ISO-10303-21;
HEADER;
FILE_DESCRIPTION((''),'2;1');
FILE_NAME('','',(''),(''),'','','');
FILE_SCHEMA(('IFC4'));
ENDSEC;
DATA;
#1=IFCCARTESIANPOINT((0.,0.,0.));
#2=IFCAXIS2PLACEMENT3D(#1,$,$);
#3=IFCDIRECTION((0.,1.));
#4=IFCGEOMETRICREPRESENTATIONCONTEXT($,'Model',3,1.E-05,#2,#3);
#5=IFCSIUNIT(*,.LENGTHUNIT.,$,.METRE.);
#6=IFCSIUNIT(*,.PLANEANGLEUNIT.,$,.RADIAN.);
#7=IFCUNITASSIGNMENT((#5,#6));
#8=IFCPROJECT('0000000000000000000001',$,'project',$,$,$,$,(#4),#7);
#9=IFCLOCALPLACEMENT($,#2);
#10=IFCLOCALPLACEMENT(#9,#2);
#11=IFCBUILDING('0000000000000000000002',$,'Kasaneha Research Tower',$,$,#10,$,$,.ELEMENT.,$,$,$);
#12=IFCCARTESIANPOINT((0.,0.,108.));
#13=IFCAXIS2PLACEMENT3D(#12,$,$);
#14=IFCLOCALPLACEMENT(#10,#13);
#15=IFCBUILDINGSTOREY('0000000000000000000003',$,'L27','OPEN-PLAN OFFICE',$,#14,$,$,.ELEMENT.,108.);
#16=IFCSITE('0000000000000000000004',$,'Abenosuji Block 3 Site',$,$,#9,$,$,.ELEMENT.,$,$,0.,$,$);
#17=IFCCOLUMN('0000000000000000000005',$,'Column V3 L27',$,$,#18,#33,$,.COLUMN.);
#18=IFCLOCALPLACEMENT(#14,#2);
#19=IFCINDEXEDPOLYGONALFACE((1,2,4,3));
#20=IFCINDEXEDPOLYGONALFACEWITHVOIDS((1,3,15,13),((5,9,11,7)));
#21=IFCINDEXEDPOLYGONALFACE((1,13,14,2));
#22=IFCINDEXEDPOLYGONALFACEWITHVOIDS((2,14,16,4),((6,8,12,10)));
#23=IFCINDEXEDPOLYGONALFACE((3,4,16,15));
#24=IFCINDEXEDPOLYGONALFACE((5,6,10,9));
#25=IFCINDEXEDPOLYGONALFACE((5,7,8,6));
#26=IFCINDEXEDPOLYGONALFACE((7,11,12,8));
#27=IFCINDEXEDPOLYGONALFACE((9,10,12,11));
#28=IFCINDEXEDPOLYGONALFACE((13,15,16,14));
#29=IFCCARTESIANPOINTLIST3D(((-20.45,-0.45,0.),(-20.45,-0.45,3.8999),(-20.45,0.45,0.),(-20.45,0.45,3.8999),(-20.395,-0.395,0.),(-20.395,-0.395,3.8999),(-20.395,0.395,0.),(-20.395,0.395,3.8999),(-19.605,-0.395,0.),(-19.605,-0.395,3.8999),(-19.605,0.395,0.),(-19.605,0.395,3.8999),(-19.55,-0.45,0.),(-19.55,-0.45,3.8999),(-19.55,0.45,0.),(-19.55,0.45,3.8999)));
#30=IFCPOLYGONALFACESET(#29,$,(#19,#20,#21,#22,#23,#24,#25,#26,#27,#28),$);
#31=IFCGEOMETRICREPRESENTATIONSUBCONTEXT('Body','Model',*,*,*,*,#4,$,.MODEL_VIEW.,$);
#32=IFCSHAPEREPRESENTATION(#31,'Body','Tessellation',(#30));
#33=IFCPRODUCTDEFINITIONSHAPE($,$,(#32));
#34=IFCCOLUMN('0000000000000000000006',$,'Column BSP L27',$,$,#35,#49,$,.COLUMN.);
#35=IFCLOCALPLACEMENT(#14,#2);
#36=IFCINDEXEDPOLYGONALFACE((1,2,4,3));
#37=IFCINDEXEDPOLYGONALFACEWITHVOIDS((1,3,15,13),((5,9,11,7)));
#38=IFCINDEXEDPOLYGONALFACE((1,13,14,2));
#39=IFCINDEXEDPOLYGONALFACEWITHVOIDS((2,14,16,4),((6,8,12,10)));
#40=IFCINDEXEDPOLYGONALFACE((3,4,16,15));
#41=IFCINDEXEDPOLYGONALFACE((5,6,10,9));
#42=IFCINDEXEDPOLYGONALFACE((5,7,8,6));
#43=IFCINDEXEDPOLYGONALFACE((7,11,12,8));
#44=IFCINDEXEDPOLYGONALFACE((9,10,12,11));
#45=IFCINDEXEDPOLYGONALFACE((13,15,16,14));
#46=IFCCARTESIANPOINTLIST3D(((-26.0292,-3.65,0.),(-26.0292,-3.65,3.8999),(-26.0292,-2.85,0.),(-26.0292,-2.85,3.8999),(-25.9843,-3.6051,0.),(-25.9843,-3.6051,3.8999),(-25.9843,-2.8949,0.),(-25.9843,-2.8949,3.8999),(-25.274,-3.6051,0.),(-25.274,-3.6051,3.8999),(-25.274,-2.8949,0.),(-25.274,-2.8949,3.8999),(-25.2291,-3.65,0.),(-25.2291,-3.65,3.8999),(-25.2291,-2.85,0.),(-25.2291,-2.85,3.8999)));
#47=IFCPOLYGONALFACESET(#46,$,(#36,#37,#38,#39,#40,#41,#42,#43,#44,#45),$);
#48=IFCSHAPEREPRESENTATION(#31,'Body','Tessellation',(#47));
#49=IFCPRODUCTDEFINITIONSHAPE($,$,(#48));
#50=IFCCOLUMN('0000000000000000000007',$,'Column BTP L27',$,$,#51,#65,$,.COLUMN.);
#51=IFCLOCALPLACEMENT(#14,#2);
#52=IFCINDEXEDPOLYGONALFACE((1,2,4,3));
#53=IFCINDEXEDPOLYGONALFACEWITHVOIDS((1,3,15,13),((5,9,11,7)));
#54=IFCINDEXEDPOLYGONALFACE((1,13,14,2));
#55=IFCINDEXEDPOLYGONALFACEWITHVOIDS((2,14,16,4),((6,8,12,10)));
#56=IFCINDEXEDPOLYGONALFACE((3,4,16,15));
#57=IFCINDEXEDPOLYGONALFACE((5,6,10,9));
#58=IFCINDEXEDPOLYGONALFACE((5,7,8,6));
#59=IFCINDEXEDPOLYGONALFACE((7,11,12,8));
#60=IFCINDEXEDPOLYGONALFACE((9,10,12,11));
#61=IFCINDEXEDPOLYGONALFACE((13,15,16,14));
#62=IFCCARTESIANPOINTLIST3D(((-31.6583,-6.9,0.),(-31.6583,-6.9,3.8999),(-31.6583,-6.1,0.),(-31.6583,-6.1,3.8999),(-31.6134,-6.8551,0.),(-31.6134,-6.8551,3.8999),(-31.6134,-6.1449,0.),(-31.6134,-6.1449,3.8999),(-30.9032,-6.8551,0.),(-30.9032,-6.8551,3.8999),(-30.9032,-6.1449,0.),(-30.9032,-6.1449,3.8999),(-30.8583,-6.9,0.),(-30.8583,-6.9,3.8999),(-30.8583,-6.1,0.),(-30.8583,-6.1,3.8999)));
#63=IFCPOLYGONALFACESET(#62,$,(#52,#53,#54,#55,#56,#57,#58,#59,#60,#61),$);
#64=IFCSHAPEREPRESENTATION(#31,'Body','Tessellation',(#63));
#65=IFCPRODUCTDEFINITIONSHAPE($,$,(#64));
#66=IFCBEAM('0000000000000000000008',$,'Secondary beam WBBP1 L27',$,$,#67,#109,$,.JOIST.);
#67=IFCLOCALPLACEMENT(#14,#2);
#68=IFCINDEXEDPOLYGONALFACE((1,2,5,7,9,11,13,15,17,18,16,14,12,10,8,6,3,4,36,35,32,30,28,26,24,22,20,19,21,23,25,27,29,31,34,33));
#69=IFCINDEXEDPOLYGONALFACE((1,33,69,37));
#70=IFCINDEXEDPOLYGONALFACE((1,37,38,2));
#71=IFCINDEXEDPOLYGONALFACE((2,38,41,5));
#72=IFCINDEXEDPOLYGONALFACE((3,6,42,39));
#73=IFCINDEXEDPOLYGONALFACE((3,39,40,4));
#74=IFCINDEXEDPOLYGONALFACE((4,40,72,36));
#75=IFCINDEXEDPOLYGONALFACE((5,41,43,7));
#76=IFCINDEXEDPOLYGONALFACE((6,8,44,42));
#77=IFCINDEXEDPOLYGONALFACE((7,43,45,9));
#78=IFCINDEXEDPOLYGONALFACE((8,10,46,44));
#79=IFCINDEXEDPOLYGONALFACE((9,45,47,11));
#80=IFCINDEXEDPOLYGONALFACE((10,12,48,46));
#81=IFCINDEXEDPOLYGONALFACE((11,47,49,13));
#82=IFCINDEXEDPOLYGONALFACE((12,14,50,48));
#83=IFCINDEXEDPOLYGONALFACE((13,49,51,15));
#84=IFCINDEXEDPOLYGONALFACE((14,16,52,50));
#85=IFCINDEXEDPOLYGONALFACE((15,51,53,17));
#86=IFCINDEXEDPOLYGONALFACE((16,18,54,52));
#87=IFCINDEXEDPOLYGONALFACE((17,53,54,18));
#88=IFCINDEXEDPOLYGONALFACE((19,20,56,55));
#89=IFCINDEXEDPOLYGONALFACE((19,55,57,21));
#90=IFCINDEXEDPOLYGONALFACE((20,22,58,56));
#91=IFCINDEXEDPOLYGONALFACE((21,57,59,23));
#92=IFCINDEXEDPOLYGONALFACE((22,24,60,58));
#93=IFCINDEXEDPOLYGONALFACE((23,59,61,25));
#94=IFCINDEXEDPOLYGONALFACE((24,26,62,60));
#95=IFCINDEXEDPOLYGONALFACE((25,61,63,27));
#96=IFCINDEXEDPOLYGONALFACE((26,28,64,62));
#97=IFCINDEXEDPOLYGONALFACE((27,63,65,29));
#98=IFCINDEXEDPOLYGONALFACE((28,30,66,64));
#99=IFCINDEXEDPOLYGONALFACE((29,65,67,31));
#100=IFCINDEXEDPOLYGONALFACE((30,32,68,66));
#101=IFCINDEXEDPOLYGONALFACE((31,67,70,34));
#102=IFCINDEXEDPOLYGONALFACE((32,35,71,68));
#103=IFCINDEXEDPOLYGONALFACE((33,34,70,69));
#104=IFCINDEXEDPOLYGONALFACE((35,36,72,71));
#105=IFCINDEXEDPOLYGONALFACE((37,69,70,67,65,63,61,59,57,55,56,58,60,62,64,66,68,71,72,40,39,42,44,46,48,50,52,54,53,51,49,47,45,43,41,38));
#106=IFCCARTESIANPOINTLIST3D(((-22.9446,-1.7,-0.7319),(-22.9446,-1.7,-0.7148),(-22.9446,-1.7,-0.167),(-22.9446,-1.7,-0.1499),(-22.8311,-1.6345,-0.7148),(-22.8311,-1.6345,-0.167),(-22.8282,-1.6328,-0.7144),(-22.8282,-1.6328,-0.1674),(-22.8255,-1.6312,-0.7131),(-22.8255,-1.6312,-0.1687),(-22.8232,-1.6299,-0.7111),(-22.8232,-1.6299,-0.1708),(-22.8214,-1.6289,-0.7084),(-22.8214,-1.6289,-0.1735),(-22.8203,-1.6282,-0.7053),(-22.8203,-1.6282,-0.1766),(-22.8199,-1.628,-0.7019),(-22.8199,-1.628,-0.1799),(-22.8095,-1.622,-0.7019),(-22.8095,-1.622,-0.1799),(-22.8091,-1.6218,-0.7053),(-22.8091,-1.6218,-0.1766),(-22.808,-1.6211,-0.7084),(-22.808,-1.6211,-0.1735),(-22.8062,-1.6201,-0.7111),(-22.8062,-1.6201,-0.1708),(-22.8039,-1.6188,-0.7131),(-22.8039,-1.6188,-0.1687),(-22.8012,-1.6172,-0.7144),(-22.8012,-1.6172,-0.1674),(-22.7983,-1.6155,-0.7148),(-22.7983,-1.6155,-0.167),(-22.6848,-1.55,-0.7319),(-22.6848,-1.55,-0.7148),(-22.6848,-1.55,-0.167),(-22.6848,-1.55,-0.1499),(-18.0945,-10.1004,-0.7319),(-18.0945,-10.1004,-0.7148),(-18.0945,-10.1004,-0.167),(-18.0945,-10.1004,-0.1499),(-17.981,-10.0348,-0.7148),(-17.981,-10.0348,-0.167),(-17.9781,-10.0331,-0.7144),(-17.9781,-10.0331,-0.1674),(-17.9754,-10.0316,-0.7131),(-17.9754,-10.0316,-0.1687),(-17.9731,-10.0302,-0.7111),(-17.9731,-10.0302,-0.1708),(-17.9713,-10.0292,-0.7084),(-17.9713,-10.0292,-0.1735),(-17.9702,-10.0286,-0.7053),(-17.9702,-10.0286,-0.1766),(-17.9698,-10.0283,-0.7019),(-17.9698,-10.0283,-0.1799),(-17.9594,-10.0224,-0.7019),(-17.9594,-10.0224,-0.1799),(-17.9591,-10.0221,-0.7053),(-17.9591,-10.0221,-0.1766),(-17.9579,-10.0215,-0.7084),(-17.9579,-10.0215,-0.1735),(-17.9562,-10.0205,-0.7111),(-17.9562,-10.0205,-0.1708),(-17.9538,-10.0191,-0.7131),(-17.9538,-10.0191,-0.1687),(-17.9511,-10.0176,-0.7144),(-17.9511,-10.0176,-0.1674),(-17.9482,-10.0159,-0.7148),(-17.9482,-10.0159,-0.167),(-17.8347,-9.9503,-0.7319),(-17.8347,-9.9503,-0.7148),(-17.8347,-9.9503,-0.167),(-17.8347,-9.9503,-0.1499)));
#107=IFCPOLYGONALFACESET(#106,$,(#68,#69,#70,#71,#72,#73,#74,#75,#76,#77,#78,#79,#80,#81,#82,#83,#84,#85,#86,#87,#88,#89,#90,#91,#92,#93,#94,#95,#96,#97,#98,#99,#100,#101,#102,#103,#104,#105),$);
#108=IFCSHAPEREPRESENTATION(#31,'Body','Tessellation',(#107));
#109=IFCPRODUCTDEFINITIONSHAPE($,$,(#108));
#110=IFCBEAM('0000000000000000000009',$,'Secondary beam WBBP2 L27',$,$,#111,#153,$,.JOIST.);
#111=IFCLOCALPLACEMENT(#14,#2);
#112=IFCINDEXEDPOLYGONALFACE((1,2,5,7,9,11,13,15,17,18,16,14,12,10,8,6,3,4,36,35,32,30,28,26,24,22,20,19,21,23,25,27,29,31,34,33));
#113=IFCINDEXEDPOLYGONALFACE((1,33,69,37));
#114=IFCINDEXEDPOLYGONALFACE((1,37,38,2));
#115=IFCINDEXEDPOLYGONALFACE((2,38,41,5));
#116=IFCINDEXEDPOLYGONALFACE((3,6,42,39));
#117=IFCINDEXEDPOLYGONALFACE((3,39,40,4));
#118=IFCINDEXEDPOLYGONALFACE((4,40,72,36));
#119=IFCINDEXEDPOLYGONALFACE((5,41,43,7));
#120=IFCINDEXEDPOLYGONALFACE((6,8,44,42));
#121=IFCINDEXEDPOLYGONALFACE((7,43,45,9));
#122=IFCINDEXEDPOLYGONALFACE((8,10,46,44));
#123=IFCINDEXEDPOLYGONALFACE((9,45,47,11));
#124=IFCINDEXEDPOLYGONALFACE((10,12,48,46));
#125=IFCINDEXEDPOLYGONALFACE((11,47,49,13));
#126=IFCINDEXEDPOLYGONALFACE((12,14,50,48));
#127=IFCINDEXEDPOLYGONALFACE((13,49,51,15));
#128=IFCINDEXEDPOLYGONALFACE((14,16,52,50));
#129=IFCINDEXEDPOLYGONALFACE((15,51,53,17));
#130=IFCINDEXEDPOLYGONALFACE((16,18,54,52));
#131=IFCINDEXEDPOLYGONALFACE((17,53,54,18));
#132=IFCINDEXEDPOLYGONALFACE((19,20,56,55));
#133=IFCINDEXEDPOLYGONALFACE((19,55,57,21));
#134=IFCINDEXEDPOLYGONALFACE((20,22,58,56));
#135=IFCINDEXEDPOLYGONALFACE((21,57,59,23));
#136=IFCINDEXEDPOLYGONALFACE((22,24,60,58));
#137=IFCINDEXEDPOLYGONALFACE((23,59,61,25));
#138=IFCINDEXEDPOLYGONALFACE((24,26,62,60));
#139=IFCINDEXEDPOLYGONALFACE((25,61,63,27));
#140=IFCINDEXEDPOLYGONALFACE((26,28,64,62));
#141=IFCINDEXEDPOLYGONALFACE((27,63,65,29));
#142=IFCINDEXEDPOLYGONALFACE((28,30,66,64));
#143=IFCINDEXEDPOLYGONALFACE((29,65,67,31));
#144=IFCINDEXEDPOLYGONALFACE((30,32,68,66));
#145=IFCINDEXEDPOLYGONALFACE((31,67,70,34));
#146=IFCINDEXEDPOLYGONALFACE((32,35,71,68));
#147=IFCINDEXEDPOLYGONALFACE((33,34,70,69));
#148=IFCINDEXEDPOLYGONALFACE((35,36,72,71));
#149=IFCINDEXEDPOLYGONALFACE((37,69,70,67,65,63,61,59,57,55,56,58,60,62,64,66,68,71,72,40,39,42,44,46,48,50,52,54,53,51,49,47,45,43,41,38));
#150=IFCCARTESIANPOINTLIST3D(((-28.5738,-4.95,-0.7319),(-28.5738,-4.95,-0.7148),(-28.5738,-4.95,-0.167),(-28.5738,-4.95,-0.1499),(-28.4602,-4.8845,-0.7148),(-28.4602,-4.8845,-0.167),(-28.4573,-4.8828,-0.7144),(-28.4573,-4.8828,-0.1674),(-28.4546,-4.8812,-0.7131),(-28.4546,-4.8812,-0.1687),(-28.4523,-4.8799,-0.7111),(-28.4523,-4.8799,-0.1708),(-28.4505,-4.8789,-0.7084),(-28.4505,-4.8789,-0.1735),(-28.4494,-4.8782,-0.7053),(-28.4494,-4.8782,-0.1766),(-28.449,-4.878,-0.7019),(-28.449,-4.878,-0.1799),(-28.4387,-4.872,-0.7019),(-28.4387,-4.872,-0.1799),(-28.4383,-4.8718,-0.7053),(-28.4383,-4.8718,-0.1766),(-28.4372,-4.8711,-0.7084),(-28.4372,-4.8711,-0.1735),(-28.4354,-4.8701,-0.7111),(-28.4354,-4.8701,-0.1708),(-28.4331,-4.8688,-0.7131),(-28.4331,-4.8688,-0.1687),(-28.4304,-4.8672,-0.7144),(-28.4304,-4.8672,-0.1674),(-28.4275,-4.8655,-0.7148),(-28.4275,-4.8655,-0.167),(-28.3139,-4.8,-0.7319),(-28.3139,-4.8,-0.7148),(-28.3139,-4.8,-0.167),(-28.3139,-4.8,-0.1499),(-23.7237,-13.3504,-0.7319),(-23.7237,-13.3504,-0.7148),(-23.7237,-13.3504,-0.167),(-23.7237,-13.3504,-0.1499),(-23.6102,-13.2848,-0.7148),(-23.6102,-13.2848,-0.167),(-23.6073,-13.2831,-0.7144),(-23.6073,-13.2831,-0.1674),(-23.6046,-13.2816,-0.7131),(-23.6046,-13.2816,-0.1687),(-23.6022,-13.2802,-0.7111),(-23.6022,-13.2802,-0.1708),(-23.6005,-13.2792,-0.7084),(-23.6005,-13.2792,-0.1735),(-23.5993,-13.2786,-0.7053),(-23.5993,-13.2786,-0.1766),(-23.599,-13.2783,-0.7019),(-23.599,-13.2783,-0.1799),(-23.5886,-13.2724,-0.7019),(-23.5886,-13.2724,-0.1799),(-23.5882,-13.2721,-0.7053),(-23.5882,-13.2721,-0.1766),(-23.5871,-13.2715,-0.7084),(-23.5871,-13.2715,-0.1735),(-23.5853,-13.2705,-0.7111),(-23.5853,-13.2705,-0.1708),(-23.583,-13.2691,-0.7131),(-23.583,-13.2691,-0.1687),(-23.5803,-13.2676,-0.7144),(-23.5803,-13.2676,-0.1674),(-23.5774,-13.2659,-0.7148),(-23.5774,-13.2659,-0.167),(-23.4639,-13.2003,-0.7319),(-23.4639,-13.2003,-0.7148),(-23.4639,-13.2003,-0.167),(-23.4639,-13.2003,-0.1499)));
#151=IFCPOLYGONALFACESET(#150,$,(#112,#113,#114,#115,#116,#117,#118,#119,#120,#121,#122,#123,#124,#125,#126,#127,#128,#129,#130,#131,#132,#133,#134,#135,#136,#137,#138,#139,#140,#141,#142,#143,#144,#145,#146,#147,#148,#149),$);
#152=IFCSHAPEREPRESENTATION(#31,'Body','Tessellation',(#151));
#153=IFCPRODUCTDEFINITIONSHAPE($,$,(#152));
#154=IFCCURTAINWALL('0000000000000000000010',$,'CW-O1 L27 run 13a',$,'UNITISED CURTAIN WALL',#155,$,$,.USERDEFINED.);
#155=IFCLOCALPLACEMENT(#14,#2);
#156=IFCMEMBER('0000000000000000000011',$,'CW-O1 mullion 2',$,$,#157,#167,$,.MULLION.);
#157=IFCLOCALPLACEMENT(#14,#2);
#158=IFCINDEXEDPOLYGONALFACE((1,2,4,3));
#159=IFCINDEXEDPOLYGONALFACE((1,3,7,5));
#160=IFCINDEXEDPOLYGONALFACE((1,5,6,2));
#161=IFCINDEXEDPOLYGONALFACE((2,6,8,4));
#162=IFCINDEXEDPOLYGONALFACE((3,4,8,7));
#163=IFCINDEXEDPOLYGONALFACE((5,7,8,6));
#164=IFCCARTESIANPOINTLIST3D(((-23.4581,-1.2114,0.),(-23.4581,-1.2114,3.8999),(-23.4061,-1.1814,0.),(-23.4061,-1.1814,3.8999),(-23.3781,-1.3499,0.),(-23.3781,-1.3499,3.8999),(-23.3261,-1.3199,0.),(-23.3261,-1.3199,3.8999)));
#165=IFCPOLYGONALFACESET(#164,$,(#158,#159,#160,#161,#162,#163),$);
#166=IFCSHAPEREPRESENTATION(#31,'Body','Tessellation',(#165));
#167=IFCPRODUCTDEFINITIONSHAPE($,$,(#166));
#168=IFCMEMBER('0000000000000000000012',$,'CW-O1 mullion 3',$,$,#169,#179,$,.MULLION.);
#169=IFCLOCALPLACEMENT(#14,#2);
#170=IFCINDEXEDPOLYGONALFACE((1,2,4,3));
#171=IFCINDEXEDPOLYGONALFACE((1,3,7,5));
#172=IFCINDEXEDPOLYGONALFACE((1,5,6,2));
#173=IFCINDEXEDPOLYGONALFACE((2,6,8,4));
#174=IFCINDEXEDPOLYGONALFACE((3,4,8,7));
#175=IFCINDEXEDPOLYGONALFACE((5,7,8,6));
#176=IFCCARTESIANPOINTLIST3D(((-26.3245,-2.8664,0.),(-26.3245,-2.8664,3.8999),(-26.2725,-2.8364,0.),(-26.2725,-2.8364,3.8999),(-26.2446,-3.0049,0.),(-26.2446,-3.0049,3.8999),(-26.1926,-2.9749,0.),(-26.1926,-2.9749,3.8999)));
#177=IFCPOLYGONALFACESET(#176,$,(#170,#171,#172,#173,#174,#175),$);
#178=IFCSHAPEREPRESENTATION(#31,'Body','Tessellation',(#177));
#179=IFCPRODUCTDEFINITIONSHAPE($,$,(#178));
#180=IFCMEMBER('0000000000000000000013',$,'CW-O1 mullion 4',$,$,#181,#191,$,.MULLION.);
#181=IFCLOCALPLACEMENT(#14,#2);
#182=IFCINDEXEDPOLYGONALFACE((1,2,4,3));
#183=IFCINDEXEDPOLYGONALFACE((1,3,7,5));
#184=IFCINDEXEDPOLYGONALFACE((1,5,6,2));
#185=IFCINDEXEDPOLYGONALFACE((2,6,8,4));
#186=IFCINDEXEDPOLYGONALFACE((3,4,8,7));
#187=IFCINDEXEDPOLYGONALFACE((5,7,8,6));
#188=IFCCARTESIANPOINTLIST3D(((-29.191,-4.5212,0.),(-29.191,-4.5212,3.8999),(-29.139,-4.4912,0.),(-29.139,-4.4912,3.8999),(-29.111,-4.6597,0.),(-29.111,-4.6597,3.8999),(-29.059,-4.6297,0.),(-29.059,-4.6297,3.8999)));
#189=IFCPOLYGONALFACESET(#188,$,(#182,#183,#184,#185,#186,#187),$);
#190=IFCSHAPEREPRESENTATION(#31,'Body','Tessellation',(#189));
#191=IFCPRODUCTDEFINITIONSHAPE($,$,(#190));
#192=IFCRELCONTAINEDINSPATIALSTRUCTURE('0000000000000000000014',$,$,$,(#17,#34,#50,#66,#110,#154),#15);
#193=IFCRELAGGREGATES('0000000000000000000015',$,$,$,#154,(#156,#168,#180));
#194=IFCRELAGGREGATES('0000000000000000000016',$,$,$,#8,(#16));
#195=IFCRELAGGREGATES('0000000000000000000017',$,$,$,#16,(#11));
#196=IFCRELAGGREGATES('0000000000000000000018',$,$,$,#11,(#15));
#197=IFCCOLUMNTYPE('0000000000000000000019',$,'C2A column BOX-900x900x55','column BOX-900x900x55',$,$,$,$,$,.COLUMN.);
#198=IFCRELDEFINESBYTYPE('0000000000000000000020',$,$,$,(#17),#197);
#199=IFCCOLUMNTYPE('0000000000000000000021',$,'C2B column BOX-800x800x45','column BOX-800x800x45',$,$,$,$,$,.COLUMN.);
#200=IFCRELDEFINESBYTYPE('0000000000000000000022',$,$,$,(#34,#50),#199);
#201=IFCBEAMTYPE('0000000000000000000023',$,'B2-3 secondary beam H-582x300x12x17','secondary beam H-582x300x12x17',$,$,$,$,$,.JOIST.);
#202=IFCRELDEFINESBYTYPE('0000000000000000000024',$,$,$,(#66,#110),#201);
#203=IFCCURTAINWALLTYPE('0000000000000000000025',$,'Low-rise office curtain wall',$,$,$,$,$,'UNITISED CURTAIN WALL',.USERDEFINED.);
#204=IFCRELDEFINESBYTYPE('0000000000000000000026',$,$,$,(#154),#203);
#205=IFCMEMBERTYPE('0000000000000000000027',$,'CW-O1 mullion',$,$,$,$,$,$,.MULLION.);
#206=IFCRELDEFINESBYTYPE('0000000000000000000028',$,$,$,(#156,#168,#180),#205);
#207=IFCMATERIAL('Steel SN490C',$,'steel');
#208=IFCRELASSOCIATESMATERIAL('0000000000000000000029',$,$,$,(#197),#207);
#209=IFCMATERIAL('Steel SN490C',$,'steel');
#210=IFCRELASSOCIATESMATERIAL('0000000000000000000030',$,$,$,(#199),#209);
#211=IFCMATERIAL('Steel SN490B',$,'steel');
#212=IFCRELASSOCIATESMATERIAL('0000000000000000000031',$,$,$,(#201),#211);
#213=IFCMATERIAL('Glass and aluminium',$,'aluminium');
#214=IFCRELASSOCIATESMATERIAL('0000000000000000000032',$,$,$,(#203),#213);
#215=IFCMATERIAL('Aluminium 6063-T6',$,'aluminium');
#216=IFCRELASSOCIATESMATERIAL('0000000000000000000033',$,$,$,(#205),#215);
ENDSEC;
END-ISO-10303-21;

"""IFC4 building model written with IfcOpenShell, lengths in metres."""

from ifc_helpers import new_model, si_unit, direction, frame, origin, origin_2d, place, context, subcontext, project, spatial, rectangle, hollow_rectangle, i_section, extrude, material, material_profile, profile_set, type_object, element, aggregate, save


model = new_model("IFC4")

# Units and contexts
model_context = context("Model", 3, precision=1e-05, world=origin(), true_north=direction((0.0, 1.0)))
body_context = subcontext(model_context, "Body", "Model", "MODEL_VIEW")
ifc_project = project(units=[si_unit("LENGTHUNIT", "METRE"), si_unit("PLANEANGLEUNIT", "RADIAN")], contexts=[model_context])

# Site, building, storey
site_placement = place(None, origin())
site = spatial("IfcSite", under=ifc_project, at=site_placement, Name="Abenosuji Block 3 Site", CompositionType="ELEMENT", RefElevation=0.0)
building_placement = place(site_placement, origin())
building = spatial("IfcBuilding", under=site, at=building_placement, Name="Kasaneha Research Tower", CompositionType="ELEMENT")
storey_placement = place(building_placement, frame((0.0, 0.0, 108.0)))
storey = spatial("IfcBuildingStorey", under=building, at=storey_placement, Name="L27", Description="OPEN-PLAN OFFICE", CompositionType="ELEMENT", Elevation=108.0)

# Columns
ifc_material_1 = material(Name="Steel SN490C", Category="steel")
ifc_material_profile_1 = material_profile(ifc_material_1, hollow_rectangle(XDim=0.8999, YDim=0.8999, WallThickness=0.0549, at=origin_2d()), Name="BOX-900x900x55")
ifc_profile_set_1 = profile_set([ifc_material_profile_1], Name="Steel SN490C")
column_type_1 = type_object("IfcColumnType", Name="C2A column BOX-900x900x55", Description="column BOX-900x900x55", PredefinedType="COLUMN", material=ifc_profile_set_1)
column_placement = place(storey_placement, frame((-20.0, 0.0, 0.0), z_axis=(0.0, 0.0, 1.0), x_axis=(1.0, 0.0, 0.0)))
element("IfcColumn", 1, at=column_placement, inside=storey, type_object=column_type_1, Name="Column V3 L27", PredefinedType="COLUMN", context=body_context, shape_type="SweptSolid", body=[
    extrude(hollow_rectangle(XDim=0.8999, YDim=0.8999, WallThickness=0.0549, at=origin_2d()), origin(), (0.0, 0.0, 1.0), 3.8999),
])
ifc_material_2 = material(Name="Steel SN490C", Category="steel")
ifc_material_profile_2 = material_profile(ifc_material_2, hollow_rectangle(XDim=0.8, YDim=0.8, WallThickness=0.0449, at=origin_2d()), Name="BOX-800x800x45")
ifc_profile_set_2 = profile_set([ifc_material_profile_2], Name="Steel SN490C")
column_type_2 = type_object("IfcColumnType", Name="C2B column BOX-800x800x45", Description="column BOX-800x800x45", PredefinedType="COLUMN", material=ifc_profile_set_2)
for number, where, z_axis, x_axis, name in (
    (2, (-25.6292, -3.25, 0.0), (0.0, 0.0, 1.0), (1.0, 0.0, 0.0), "Column BSP L27"),
    (3, (-31.2583, -6.5, 0.0), (0.0, 0.0, 1.0), (1.0, 0.0, 0.0), "Column BTP L27"),
):
    element("IfcColumn", number, at=place(storey_placement, frame(where, z_axis=z_axis, x_axis=x_axis)), inside=storey, type_object=column_type_2, Name=name, PredefinedType="COLUMN", context=body_context, shape_type="SweptSolid", body=[
        extrude(hollow_rectangle(XDim=0.8, YDim=0.8, WallThickness=0.0449, at=origin_2d()), origin(), (0.0, 0.0, 1.0), 3.8999),
    ])

# Beams
ifc_material_3 = material(Name="Steel SN490B", Category="steel")
ifc_material_profile_3 = material_profile(ifc_material_3, i_section(OverallWidth=0.3, OverallDepth=0.582, WebThickness=0.012, FlangeThickness=0.0171, FilletRadius=0.0129, at=origin_2d()), Name="H-582x300x12x17")
ifc_profile_set_3 = profile_set([ifc_material_profile_3], Name="Steel SN490B")
beam_type_1 = type_object("IfcBeamType", Name="B2-3 secondary beam H-582x300x12x17", Description="secondary beam H-582x300x12x17", PredefinedType="JOIST", material=ifc_profile_set_3)
for number, where, z_axis, x_axis, name in (
    (4, (-22.8147, -1.625, -0.4409), (0.50001, -0.86602, 0.0), (0.86602, 0.50001, 0.0), "Secondary beam WBBP1 L27"),
    (5, (-28.4438, -4.875, -0.4409), (0.50001, -0.86602, 0.0), (0.86602, 0.50001, 0.0), "Secondary beam WBBP2 L27"),
):
    element("IfcBeam", number, at=place(storey_placement, frame(where, z_axis=z_axis, x_axis=x_axis)), inside=storey, type_object=beam_type_1, Name=name, PredefinedType="JOIST", context=body_context, shape_type="SweptSolid", body=[
        extrude(i_section(OverallWidth=0.3, OverallDepth=0.582, WebThickness=0.012, FlangeThickness=0.0171, FilletRadius=0.0129, at=origin_2d()), origin(), (0.0, 0.0, 1.0), 9.7),
    ])

# Curtain wall, members
ifc_material_4 = material(Name="Glass and aluminium", Category="aluminium")
curtain_wall_type = type_object("IfcCurtainWallType", Name="Low-rise office curtain wall", ElementType="UNITISED CURTAIN WALL", PredefinedType="USERDEFINED", material=ifc_material_4)
curtain_wall_1_placement = place(storey_placement, origin())
curtain_wall_1 = element("IfcCurtainWall", 6, at=curtain_wall_1_placement, inside=storey, type_object=curtain_wall_type, Name="CW-O1 L27 run 13a", ObjectType="UNITISED CURTAIN WALL", PredefinedType="USERDEFINED")
ifc_material_5 = material(Name="Aluminium 6063-T6", Category="aluminium")
ifc_material_profile_4 = material_profile(ifc_material_5, rectangle(XDim=0.0601, YDim=0.1599, at=origin_2d()), Name="CW-O1 mullion 60x160")
ifc_profile_set_4 = profile_set([ifc_material_profile_4], Name="Aluminium 6063-T6")
member_type_1 = type_object("IfcMemberType", Name="CW-O1 mullion", PredefinedType="MULLION", material=ifc_profile_set_4)
member_1_placement = place(storey_placement, frame((-23.3921, -1.2656, 0.0), z_axis=(0.0, 0.0, 1.0), x_axis=(-0.866025, -0.5, 0.0)))
member_1 = element("IfcMember", 7, at=member_1_placement, type_object=member_type_1, Name="CW-O1 mullion 2", PredefinedType="MULLION", context=body_context, shape_type="SweptSolid", body=[
    extrude(rectangle(XDim=0.0601, YDim=0.1599, at=origin_2d()), origin(), (0.0, 0.0, 1.0), 3.8999),
])
member_2_placement = place(storey_placement, frame((-26.2585, -2.9207, 0.0), z_axis=(0.0, 0.0, 1.0), x_axis=(-0.866025, -0.5, 0.0)))
member_2 = element("IfcMember", 8, at=member_2_placement, type_object=member_type_1, Name="CW-O1 mullion 3", PredefinedType="MULLION", context=body_context, shape_type="SweptSolid", body=[
    extrude(rectangle(XDim=0.0601, YDim=0.1599, at=origin_2d()), origin(), (0.0, 0.0, 1.0), 3.8999),
])
member_3_placement = place(storey_placement, frame((-29.125, -4.5754, 0.0), z_axis=(0.0, 0.0, 1.0), x_axis=(-0.866025, -0.5, 0.0)))
member_3 = element("IfcMember", 9, at=member_3_placement, type_object=member_type_1, Name="CW-O1 mullion 4", PredefinedType="MULLION", context=body_context, shape_type="SweptSolid", body=[
    extrude(rectangle(XDim=0.0601, YDim=0.1599, at=origin_2d()), origin(), (0.0, 0.0, 1.0), 3.8999),
])

aggregate(curtain_wall_1, [member_1, member_2, member_3])

save(model, "model.ifc")
